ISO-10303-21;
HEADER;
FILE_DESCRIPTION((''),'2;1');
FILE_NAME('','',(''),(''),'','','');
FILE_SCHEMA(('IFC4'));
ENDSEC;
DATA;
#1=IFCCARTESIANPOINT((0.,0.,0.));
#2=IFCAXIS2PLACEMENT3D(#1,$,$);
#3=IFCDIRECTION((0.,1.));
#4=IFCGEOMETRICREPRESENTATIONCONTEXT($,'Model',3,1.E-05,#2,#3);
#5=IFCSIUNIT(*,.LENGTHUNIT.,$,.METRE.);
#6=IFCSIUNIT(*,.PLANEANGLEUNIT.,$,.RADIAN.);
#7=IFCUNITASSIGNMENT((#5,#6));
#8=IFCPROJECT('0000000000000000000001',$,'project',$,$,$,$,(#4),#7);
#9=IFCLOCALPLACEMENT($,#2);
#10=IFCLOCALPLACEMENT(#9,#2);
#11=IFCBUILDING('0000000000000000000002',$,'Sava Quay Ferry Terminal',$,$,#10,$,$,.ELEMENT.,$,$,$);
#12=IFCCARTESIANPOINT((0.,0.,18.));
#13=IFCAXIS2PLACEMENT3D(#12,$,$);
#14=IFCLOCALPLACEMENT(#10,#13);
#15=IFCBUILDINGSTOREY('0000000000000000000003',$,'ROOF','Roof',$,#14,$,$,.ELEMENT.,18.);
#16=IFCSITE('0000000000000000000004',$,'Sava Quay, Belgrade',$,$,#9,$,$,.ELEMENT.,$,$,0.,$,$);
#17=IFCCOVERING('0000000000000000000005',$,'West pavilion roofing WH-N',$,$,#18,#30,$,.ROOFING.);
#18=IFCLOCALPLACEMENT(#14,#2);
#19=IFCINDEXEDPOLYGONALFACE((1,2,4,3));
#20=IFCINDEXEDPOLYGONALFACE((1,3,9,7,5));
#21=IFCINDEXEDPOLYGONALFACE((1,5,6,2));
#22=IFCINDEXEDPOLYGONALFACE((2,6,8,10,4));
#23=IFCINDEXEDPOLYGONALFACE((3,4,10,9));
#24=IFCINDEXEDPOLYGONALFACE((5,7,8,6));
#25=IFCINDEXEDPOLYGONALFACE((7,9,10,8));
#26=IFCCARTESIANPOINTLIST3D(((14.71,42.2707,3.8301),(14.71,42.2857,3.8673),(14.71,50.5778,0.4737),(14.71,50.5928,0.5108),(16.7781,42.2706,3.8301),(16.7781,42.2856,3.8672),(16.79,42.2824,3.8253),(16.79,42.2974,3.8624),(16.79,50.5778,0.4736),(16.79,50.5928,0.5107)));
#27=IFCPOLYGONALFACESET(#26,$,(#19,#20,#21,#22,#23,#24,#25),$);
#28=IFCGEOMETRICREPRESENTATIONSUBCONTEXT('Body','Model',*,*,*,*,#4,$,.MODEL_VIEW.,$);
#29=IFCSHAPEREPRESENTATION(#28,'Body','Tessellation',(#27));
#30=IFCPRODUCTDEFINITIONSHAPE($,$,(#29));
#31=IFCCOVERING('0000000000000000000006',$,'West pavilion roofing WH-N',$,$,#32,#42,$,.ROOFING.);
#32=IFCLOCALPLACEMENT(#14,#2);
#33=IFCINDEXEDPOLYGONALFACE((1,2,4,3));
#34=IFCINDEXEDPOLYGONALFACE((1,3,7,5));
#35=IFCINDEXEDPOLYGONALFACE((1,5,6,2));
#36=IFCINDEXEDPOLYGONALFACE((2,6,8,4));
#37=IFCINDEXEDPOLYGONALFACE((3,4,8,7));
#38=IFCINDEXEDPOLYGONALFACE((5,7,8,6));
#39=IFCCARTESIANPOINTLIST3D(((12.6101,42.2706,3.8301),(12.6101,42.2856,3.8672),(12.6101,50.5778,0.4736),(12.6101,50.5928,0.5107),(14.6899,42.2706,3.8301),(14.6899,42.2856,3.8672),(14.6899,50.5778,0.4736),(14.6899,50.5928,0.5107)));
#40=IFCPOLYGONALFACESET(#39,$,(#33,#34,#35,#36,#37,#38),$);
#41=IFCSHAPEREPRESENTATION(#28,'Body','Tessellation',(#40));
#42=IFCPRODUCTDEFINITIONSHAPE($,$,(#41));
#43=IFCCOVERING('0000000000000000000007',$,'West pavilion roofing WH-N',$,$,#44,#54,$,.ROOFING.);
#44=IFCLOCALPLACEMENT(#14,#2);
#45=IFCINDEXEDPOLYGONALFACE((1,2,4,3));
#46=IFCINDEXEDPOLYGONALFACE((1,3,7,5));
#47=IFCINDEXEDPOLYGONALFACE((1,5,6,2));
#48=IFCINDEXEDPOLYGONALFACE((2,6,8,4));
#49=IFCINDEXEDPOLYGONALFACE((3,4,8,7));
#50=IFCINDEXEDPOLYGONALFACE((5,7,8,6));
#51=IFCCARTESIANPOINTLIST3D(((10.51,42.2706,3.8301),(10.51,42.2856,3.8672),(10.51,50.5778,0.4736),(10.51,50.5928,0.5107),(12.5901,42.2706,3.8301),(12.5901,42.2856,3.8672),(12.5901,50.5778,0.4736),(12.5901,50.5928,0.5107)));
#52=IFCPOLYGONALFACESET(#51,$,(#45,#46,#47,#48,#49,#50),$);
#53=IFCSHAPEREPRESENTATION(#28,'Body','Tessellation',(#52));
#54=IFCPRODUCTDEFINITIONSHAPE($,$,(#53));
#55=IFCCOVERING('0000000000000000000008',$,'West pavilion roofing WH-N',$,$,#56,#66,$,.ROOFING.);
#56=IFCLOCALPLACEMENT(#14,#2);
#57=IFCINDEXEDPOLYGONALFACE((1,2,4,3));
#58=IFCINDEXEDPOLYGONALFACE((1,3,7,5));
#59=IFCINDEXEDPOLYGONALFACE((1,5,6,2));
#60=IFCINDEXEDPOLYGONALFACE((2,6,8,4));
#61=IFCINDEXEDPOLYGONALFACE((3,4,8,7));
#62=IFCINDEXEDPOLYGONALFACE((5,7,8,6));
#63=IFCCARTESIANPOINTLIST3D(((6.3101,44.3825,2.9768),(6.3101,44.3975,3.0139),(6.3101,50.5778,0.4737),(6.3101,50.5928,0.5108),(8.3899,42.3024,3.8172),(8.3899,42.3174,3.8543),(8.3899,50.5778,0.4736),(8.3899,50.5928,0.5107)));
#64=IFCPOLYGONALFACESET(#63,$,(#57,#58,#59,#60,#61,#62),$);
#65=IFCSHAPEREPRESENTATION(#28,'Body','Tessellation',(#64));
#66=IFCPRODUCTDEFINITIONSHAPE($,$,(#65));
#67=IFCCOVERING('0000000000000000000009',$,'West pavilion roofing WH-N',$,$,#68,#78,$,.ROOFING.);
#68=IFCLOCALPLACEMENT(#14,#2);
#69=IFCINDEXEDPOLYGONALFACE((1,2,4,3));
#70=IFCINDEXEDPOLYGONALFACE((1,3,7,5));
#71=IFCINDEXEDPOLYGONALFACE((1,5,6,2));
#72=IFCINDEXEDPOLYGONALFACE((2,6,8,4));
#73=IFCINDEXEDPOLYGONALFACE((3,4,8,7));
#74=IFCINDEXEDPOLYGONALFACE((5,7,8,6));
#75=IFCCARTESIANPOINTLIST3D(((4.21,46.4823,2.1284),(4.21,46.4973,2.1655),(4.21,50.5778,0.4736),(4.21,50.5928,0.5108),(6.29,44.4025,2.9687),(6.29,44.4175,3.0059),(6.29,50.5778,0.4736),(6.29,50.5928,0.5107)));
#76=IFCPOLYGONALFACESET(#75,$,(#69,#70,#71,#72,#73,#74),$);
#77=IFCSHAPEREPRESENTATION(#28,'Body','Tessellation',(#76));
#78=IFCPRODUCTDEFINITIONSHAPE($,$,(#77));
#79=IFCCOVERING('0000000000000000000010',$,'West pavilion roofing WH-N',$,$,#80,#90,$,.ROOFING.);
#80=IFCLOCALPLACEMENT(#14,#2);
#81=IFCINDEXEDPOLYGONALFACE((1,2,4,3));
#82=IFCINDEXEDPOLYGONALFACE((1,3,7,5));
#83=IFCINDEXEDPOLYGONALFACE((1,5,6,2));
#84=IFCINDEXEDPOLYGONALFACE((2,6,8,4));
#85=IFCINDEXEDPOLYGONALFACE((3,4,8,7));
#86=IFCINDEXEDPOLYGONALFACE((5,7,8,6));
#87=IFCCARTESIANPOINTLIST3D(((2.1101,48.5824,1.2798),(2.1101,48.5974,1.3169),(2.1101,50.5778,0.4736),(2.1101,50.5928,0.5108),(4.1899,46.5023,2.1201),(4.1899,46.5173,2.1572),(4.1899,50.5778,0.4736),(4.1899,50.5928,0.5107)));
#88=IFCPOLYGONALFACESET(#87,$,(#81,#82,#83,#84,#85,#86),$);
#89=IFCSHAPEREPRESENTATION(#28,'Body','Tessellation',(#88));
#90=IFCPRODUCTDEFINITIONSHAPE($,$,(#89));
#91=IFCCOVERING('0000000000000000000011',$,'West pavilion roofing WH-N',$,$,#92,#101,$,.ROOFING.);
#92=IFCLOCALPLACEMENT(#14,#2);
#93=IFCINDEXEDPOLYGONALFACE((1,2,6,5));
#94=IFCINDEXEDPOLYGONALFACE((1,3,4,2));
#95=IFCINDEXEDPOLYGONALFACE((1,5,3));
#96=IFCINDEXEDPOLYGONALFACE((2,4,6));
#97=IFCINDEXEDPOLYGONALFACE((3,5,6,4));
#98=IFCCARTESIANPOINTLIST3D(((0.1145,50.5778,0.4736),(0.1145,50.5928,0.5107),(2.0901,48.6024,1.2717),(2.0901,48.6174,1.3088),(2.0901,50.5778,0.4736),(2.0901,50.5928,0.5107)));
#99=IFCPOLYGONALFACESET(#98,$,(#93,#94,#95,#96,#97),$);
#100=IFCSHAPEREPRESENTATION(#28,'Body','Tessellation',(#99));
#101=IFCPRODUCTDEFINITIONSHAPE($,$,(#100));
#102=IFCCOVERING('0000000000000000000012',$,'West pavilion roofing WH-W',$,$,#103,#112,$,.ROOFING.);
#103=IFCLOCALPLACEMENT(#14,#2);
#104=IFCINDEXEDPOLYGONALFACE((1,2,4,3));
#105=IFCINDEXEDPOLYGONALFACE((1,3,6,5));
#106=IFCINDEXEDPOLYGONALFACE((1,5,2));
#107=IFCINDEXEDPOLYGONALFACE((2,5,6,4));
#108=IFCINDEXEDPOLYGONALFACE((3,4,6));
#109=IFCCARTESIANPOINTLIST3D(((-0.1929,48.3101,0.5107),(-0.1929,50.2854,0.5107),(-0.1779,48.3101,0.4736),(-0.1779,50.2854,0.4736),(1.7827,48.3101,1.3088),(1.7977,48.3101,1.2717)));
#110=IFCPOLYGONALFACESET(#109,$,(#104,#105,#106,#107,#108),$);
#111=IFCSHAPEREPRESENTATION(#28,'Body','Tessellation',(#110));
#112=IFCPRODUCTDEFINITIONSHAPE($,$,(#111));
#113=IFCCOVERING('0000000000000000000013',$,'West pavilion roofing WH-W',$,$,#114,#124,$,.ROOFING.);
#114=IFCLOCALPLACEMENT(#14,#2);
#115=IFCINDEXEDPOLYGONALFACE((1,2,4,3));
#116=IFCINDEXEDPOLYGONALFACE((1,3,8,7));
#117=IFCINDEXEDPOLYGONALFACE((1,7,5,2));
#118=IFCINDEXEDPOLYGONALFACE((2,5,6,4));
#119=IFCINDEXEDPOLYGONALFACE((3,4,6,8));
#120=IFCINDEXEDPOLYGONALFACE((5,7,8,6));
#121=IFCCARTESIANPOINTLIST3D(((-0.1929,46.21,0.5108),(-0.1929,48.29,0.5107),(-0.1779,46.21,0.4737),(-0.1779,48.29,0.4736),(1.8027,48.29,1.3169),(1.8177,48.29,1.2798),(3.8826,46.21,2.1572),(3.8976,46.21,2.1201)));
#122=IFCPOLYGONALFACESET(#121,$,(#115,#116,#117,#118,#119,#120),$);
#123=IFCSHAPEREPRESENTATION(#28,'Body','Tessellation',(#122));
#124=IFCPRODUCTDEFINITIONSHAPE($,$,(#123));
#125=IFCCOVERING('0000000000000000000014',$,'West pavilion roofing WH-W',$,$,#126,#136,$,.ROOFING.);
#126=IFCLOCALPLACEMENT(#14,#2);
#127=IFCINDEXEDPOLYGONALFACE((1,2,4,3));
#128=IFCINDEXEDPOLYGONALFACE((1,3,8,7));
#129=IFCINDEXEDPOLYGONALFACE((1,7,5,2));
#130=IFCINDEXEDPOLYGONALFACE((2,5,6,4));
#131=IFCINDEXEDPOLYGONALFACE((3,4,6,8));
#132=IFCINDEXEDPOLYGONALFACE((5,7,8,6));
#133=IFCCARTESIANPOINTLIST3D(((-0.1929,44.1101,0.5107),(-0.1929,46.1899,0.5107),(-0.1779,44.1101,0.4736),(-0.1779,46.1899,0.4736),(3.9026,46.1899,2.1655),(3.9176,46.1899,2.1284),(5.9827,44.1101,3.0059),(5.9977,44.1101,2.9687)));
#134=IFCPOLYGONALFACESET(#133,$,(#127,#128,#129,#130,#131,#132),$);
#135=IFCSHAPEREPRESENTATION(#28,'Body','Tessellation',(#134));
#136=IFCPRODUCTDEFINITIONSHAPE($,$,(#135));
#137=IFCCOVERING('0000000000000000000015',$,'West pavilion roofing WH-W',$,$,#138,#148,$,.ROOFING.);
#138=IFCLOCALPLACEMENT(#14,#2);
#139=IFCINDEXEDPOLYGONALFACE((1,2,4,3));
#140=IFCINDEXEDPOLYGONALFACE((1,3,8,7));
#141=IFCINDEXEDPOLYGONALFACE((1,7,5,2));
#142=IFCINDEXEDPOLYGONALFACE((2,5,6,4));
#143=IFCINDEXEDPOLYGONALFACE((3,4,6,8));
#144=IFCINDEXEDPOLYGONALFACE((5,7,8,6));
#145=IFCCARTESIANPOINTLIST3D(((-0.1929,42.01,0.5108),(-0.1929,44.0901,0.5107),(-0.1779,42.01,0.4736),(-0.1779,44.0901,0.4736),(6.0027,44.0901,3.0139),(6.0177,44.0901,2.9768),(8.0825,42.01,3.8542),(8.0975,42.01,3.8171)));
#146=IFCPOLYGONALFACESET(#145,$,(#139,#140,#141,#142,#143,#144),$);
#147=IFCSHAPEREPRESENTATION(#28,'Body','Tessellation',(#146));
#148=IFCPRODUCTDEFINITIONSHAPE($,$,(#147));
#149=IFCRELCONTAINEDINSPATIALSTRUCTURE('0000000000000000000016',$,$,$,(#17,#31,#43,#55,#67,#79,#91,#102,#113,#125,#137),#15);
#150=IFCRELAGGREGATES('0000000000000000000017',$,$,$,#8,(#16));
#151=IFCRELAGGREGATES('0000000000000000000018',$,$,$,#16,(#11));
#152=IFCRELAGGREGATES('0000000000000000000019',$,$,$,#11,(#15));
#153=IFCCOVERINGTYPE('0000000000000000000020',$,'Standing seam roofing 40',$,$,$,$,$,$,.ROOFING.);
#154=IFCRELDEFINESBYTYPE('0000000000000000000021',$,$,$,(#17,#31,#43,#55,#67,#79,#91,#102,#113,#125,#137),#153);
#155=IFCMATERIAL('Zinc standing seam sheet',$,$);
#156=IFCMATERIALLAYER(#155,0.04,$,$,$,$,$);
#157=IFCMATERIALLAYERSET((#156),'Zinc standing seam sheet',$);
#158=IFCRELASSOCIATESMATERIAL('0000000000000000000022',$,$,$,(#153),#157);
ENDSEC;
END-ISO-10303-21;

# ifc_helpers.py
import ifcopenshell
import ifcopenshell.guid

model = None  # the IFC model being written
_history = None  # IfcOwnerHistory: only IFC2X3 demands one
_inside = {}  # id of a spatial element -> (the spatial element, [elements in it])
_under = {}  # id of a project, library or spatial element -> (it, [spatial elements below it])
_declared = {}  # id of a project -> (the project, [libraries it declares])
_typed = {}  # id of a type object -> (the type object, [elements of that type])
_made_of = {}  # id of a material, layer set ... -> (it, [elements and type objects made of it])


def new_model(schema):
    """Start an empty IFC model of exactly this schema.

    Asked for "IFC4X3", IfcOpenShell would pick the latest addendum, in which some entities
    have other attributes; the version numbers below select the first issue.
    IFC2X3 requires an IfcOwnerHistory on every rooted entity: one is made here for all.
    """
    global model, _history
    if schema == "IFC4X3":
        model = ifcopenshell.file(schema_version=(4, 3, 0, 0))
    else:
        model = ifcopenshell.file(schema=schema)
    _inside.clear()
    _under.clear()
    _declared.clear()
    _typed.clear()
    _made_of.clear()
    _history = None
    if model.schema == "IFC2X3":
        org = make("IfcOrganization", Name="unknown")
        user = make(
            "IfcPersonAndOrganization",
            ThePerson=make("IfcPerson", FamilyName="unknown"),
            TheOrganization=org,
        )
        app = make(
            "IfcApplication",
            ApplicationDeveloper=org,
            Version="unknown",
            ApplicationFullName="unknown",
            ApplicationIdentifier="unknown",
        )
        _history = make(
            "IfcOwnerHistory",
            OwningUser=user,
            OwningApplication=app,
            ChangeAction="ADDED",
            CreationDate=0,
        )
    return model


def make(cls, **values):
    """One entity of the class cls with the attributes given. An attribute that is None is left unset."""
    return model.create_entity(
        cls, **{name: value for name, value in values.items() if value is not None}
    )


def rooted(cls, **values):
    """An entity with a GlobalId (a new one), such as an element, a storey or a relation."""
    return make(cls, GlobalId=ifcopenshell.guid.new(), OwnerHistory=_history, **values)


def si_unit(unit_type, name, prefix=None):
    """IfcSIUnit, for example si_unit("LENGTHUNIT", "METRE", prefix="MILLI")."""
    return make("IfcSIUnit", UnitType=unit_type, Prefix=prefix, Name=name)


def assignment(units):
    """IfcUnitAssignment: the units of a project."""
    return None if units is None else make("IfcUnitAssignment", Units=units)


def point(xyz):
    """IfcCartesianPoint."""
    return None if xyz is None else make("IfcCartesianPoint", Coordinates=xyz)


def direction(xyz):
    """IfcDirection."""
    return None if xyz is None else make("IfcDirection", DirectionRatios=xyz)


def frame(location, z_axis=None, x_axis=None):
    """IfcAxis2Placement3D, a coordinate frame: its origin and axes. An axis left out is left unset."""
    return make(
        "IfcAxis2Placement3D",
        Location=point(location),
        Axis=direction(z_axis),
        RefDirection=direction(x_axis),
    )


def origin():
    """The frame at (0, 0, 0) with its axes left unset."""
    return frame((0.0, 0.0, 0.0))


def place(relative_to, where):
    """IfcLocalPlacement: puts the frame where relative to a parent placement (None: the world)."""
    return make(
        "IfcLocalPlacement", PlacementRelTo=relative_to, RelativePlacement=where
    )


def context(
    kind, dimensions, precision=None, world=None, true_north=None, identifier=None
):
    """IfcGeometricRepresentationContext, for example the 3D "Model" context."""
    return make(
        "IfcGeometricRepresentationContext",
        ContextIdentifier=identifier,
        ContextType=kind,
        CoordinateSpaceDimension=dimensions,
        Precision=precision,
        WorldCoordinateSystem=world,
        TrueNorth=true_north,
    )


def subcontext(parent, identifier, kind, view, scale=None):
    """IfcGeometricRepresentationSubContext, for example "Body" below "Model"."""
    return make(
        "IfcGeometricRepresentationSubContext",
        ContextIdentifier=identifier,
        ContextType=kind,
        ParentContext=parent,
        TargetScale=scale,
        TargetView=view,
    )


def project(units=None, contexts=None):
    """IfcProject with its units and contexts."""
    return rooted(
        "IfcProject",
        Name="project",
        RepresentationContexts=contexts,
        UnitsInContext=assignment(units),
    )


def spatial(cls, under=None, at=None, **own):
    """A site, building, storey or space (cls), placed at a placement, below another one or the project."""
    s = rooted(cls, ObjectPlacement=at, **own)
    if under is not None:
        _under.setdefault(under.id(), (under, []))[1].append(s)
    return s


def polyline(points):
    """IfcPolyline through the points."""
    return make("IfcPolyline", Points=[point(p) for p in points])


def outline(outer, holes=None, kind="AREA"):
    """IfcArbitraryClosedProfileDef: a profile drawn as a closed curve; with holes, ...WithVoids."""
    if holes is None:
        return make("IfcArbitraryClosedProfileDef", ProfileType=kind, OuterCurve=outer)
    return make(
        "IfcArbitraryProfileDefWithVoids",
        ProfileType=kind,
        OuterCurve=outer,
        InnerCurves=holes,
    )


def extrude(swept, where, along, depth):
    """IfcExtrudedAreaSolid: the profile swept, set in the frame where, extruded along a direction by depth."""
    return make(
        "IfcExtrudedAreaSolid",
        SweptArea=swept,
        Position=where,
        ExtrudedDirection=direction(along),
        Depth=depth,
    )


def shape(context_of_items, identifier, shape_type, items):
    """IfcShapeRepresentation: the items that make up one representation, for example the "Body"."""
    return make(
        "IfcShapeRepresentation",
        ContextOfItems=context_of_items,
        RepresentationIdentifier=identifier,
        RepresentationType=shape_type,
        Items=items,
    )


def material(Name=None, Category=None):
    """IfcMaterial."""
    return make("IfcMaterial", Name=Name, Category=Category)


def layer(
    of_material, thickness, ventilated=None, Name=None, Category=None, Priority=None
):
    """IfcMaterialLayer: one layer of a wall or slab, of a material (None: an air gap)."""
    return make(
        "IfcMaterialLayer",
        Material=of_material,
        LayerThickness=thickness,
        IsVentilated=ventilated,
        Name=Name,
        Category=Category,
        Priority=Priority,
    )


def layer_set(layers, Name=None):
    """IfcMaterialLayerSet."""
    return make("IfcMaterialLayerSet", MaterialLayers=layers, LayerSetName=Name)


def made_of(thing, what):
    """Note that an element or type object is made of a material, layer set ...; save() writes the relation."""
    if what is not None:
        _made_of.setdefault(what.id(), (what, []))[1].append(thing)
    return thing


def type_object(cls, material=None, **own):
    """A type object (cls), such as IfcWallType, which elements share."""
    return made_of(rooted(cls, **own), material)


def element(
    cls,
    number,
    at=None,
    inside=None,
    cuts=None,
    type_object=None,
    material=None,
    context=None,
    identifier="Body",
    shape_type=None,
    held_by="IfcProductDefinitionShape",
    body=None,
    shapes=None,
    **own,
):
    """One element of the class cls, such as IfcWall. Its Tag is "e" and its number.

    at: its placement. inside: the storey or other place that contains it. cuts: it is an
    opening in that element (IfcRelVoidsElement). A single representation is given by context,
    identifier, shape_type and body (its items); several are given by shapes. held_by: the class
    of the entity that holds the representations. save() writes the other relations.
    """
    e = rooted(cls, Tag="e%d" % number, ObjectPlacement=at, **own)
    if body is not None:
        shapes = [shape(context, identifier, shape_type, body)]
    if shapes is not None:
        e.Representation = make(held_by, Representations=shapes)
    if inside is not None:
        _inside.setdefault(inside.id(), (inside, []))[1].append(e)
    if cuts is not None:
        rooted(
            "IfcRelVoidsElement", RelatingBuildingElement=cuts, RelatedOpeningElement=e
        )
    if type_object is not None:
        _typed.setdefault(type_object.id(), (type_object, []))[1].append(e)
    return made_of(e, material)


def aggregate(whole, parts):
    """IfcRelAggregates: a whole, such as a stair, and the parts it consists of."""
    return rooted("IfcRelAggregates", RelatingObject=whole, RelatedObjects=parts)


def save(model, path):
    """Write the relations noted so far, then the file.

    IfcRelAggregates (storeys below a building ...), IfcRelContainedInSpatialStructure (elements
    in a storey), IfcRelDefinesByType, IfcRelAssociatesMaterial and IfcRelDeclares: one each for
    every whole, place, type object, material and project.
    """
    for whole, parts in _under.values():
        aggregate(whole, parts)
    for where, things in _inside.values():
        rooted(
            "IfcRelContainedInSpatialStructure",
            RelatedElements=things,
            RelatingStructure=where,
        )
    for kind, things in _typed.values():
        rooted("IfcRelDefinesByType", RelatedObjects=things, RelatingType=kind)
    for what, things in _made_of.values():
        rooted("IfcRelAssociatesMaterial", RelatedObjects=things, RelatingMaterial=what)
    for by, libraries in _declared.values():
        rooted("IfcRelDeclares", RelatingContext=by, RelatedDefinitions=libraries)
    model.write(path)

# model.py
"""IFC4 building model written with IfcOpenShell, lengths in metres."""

from ifc_helpers import new_model, si_unit, direction, frame, origin, place, context, subcontext, project, spatial, polyline, outline, extrude, material, layer, layer_set, type_object, element, save


model = new_model("IFC4")

# Units and contexts
model_context = context("Model", 3, precision=1e-05, world=origin(), true_north=direction((0.0, 1.0)))
body_context = subcontext(model_context, "Body", "Model", "MODEL_VIEW")
ifc_project = project(units=[si_unit("LENGTHUNIT", "METRE"), si_unit("PLANEANGLEUNIT", "RADIAN")], contexts=[model_context])

# Site, building, storey
site_placement = place(None, origin())
site = spatial("IfcSite", under=ifc_project, at=site_placement, Name="Sava Quay, Belgrade", CompositionType="ELEMENT", RefElevation=0.0)
building_placement = place(site_placement, origin())
building = spatial("IfcBuilding", under=site, at=building_placement, Name="Sava Quay Ferry Terminal", CompositionType="ELEMENT")
storey_placement = place(building_placement, frame((0.0, 0.0, 18.0)))
storey = spatial("IfcBuildingStorey", under=building, at=storey_placement, Name="ROOF", Description="Roof", CompositionType="ELEMENT", Elevation=18.0)

# Coverings
ifc_material_1 = material(Name="Zinc standing seam sheet")
ifc_layer_1 = layer(ifc_material_1, 0.04)
ifc_layer_set_1 = layer_set([ifc_layer_1], Name="Zinc standing seam sheet")
covering_type_1 = type_object("IfcCoveringType", Name="Standing seam roofing 40", PredefinedType="ROOFING", material=ifc_layer_set_1)
covering_1_placement = place(storey_placement, frame((16.7781, 42.2856, 3.8672), z_axis=(0.000033, 0.374621, 0.927178), x_axis=(-1.0, 0.000012, 0.000031)))
element("IfcCovering", 1, at=covering_1_placement, inside=storey, type_object=covering_type_1, Name="West pavilion roofing WH-N", PredefinedType="ROOFING", context=body_context, shape_type="SweptSolid", body=[
    extrude(outline(polyline([(0.0, 0.0), (2.0681, 0.0), (2.0681, -8.9596), (-0.012, -8.9596), (-0.012, -0.0127), (0.0, 0.0)])), origin(), (0.0, 0.0, -1.0), 0.04),
])
covering_2_placement = place(storey_placement, frame((12.6101, 42.2856, 3.8672), z_axis=(0.0, 0.374621, 0.927178), x_axis=(0.0, 0.927178, -0.374621)))
element("IfcCovering", 2, at=covering_2_placement, inside=storey, type_object=covering_type_1, Name="West pavilion roofing WH-N", PredefinedType="ROOFING", context=body_context, shape_type="SweptSolid", body=[
    extrude(outline(polyline([(0.0, 0.0), (8.9596, 0.0), (8.9596, -2.0798), (0.0, -2.0798), (0.0, 0.0)])), origin(), (0.0, 0.0, -1.0), 0.04),
])
covering_3_placement = place(storey_placement, frame((10.51, 42.2856, 3.8672), z_axis=(0.0, 0.374621, 0.927178), x_axis=(0.0, 0.927178, -0.374621)))
element("IfcCovering", 3, at=covering_3_placement, inside=storey, type_object=covering_type_1, Name="West pavilion roofing WH-N", PredefinedType="ROOFING", context=body_context, shape_type="SweptSolid", body=[
    extrude(outline(polyline([(0.0, 0.0), (8.9596, 0.0), (8.9596, -2.0801), (0.0, -2.0801), (0.0, 0.0)])), origin(), (0.0, 0.0, -1.0), 0.04),
])
covering_4_placement = place(storey_placement, frame((6.3101, 44.3975, 3.0139), z_axis=(0.000021, 0.374614, 0.927181), x_axis=(0.0, 0.927181, -0.374614)))
element("IfcCovering", 4, at=covering_4_placement, inside=storey, type_object=covering_type_1, Name="West pavilion roofing WH-N", PredefinedType="ROOFING", context=body_context, shape_type="SweptSolid", body=[
    extrude(outline(polyline([(0.0, 0.0), (6.6819, 0.0), (6.6819, -2.0798), (-2.2434, -2.0798), (0.0, 0.0)])), origin(), (0.0, 0.0, -1.0), 0.04),
])
covering_5_placement = place(storey_placement, frame((4.21, 46.4973, 2.1655), z_axis=(0.000006, 0.374626, 0.927176), x_axis=(0.0, 0.927176, -0.374626)))
element("IfcCovering", 5, at=covering_5_placement, inside=storey, type_object=covering_type_1, Name="West pavilion roofing WH-N", PredefinedType="ROOFING", context=body_context, shape_type="SweptSolid", body=[
    extrude(outline(polyline([(0.0, 0.0), (4.4171, 0.0), (4.4171, -2.0801), (-2.2432, -2.0801), (0.0, 0.0)])), origin(), (0.0, 0.0, -1.0), 0.04),
])
covering_6_placement = place(storey_placement, frame((2.1101, 48.5974, 1.3169), z_axis=(0.000007, 0.37459, 0.927191), x_axis=(0.0, 0.927191, -0.37459)))
element("IfcCovering", 6, at=covering_6_placement, inside=storey, type_object=covering_type_1, Name="West pavilion roofing WH-N", PredefinedType="ROOFING", context=body_context, shape_type="SweptSolid", body=[
    extrude(outline(polyline([(0.0, 0.0), (2.1521, 0.0), (2.1521, -2.0798), (-2.2434, -2.0798), (0.0, 0.0)])), origin(), (0.0, 0.0, -1.0), 0.04),
])
covering_7_placement = place(storey_placement, frame((0.1145, 50.5928, 0.5107), z_axis=(0.0, 0.374609, 0.927183), x_axis=(1.0, 0.0, 0.0)))
element("IfcCovering", 7, at=covering_7_placement, inside=storey, type_object=covering_type_1, Name="West pavilion roofing WH-N", PredefinedType="ROOFING", context=body_context, shape_type="SweptSolid", body=[
    extrude(outline(polyline([(0.0, 0.0), (1.9756, 0.0), (1.9756, -2.1305), (0.0, 0.0)])), origin(), (0.0, 0.0, -1.0), 0.04),
])
covering_8_placement = place(storey_placement, frame((1.7827, 48.3101, 1.3088), z_axis=(-0.374569, 0.0, 0.927199), x_axis=(-0.927199, 0.0, -0.374569)))
element("IfcCovering", 8, at=covering_8_placement, inside=storey, type_object=covering_type_1, Name="West pavilion roofing WH-W", PredefinedType="ROOFING", context=body_context, shape_type="SweptSolid", body=[
    extrude(outline(polyline([(0.0, 0.0), (2.1307, 0.0), (2.1307, -1.9753), (0.0, 0.0)])), origin(), (0.0, 0.0, -1.0), 0.04),
])
covering_9_placement = place(storey_placement, frame((3.8826, 46.21, 2.1572), z_axis=(-0.374577, 0.000023, 0.927196), x_axis=(-0.927196, 0.0, -0.374577)))
element("IfcCovering", 9, at=covering_9_placement, inside=storey, type_object=covering_type_1, Name="West pavilion roofing WH-W", PredefinedType="ROOFING", context=body_context, shape_type="SweptSolid", body=[
    extrude(outline(polyline([(0.0, 0.0), (4.3955, 0.0), (4.3955, -2.0801), (2.2432, -2.0801), (0.0, 0.0)])), origin(), (0.0, 0.0, -1.0), 0.04),
])
covering_10_placement = place(storey_placement, frame((5.9827, 44.1101, 3.0059), z_axis=(-0.374618, -0.000023, 0.927179), x_axis=(-0.927179, 0.0, -0.374618)))
element("IfcCovering", 10, at=covering_10_placement, inside=storey, type_object=covering_type_1, Name="West pavilion roofing WH-W", PredefinedType="ROOFING", context=body_context, shape_type="SweptSolid", body=[
    extrude(outline(polyline([(0.0, 0.0), (6.6605, 0.0), (6.6605, -2.0798), (2.2434, -2.0798), (0.0, 0.0)])), origin(), (0.0, 0.0, -1.0), 0.04),
])
covering_11_placement = place(storey_placement, frame((8.0825, 42.01, 3.8542), z_axis=(-0.374609, 0.000004, 0.927183), x_axis=(-0.927183, 0.0, -0.374609)))
element("IfcCovering", 11, at=covering_11_placement, inside=storey, type_object=covering_type_1, Name="West pavilion roofing WH-W", PredefinedType="ROOFING", context=body_context, shape_type="SweptSolid", body=[
    extrude(outline(polyline([(0.0, 0.0), (8.9253, 0.0), (8.9253, -2.0801), (2.2432, -2.0801), (0.0, 0.0)])), origin(), (0.0, 0.0, -1.0), 0.04),
])

save(model, "model.ifc")
